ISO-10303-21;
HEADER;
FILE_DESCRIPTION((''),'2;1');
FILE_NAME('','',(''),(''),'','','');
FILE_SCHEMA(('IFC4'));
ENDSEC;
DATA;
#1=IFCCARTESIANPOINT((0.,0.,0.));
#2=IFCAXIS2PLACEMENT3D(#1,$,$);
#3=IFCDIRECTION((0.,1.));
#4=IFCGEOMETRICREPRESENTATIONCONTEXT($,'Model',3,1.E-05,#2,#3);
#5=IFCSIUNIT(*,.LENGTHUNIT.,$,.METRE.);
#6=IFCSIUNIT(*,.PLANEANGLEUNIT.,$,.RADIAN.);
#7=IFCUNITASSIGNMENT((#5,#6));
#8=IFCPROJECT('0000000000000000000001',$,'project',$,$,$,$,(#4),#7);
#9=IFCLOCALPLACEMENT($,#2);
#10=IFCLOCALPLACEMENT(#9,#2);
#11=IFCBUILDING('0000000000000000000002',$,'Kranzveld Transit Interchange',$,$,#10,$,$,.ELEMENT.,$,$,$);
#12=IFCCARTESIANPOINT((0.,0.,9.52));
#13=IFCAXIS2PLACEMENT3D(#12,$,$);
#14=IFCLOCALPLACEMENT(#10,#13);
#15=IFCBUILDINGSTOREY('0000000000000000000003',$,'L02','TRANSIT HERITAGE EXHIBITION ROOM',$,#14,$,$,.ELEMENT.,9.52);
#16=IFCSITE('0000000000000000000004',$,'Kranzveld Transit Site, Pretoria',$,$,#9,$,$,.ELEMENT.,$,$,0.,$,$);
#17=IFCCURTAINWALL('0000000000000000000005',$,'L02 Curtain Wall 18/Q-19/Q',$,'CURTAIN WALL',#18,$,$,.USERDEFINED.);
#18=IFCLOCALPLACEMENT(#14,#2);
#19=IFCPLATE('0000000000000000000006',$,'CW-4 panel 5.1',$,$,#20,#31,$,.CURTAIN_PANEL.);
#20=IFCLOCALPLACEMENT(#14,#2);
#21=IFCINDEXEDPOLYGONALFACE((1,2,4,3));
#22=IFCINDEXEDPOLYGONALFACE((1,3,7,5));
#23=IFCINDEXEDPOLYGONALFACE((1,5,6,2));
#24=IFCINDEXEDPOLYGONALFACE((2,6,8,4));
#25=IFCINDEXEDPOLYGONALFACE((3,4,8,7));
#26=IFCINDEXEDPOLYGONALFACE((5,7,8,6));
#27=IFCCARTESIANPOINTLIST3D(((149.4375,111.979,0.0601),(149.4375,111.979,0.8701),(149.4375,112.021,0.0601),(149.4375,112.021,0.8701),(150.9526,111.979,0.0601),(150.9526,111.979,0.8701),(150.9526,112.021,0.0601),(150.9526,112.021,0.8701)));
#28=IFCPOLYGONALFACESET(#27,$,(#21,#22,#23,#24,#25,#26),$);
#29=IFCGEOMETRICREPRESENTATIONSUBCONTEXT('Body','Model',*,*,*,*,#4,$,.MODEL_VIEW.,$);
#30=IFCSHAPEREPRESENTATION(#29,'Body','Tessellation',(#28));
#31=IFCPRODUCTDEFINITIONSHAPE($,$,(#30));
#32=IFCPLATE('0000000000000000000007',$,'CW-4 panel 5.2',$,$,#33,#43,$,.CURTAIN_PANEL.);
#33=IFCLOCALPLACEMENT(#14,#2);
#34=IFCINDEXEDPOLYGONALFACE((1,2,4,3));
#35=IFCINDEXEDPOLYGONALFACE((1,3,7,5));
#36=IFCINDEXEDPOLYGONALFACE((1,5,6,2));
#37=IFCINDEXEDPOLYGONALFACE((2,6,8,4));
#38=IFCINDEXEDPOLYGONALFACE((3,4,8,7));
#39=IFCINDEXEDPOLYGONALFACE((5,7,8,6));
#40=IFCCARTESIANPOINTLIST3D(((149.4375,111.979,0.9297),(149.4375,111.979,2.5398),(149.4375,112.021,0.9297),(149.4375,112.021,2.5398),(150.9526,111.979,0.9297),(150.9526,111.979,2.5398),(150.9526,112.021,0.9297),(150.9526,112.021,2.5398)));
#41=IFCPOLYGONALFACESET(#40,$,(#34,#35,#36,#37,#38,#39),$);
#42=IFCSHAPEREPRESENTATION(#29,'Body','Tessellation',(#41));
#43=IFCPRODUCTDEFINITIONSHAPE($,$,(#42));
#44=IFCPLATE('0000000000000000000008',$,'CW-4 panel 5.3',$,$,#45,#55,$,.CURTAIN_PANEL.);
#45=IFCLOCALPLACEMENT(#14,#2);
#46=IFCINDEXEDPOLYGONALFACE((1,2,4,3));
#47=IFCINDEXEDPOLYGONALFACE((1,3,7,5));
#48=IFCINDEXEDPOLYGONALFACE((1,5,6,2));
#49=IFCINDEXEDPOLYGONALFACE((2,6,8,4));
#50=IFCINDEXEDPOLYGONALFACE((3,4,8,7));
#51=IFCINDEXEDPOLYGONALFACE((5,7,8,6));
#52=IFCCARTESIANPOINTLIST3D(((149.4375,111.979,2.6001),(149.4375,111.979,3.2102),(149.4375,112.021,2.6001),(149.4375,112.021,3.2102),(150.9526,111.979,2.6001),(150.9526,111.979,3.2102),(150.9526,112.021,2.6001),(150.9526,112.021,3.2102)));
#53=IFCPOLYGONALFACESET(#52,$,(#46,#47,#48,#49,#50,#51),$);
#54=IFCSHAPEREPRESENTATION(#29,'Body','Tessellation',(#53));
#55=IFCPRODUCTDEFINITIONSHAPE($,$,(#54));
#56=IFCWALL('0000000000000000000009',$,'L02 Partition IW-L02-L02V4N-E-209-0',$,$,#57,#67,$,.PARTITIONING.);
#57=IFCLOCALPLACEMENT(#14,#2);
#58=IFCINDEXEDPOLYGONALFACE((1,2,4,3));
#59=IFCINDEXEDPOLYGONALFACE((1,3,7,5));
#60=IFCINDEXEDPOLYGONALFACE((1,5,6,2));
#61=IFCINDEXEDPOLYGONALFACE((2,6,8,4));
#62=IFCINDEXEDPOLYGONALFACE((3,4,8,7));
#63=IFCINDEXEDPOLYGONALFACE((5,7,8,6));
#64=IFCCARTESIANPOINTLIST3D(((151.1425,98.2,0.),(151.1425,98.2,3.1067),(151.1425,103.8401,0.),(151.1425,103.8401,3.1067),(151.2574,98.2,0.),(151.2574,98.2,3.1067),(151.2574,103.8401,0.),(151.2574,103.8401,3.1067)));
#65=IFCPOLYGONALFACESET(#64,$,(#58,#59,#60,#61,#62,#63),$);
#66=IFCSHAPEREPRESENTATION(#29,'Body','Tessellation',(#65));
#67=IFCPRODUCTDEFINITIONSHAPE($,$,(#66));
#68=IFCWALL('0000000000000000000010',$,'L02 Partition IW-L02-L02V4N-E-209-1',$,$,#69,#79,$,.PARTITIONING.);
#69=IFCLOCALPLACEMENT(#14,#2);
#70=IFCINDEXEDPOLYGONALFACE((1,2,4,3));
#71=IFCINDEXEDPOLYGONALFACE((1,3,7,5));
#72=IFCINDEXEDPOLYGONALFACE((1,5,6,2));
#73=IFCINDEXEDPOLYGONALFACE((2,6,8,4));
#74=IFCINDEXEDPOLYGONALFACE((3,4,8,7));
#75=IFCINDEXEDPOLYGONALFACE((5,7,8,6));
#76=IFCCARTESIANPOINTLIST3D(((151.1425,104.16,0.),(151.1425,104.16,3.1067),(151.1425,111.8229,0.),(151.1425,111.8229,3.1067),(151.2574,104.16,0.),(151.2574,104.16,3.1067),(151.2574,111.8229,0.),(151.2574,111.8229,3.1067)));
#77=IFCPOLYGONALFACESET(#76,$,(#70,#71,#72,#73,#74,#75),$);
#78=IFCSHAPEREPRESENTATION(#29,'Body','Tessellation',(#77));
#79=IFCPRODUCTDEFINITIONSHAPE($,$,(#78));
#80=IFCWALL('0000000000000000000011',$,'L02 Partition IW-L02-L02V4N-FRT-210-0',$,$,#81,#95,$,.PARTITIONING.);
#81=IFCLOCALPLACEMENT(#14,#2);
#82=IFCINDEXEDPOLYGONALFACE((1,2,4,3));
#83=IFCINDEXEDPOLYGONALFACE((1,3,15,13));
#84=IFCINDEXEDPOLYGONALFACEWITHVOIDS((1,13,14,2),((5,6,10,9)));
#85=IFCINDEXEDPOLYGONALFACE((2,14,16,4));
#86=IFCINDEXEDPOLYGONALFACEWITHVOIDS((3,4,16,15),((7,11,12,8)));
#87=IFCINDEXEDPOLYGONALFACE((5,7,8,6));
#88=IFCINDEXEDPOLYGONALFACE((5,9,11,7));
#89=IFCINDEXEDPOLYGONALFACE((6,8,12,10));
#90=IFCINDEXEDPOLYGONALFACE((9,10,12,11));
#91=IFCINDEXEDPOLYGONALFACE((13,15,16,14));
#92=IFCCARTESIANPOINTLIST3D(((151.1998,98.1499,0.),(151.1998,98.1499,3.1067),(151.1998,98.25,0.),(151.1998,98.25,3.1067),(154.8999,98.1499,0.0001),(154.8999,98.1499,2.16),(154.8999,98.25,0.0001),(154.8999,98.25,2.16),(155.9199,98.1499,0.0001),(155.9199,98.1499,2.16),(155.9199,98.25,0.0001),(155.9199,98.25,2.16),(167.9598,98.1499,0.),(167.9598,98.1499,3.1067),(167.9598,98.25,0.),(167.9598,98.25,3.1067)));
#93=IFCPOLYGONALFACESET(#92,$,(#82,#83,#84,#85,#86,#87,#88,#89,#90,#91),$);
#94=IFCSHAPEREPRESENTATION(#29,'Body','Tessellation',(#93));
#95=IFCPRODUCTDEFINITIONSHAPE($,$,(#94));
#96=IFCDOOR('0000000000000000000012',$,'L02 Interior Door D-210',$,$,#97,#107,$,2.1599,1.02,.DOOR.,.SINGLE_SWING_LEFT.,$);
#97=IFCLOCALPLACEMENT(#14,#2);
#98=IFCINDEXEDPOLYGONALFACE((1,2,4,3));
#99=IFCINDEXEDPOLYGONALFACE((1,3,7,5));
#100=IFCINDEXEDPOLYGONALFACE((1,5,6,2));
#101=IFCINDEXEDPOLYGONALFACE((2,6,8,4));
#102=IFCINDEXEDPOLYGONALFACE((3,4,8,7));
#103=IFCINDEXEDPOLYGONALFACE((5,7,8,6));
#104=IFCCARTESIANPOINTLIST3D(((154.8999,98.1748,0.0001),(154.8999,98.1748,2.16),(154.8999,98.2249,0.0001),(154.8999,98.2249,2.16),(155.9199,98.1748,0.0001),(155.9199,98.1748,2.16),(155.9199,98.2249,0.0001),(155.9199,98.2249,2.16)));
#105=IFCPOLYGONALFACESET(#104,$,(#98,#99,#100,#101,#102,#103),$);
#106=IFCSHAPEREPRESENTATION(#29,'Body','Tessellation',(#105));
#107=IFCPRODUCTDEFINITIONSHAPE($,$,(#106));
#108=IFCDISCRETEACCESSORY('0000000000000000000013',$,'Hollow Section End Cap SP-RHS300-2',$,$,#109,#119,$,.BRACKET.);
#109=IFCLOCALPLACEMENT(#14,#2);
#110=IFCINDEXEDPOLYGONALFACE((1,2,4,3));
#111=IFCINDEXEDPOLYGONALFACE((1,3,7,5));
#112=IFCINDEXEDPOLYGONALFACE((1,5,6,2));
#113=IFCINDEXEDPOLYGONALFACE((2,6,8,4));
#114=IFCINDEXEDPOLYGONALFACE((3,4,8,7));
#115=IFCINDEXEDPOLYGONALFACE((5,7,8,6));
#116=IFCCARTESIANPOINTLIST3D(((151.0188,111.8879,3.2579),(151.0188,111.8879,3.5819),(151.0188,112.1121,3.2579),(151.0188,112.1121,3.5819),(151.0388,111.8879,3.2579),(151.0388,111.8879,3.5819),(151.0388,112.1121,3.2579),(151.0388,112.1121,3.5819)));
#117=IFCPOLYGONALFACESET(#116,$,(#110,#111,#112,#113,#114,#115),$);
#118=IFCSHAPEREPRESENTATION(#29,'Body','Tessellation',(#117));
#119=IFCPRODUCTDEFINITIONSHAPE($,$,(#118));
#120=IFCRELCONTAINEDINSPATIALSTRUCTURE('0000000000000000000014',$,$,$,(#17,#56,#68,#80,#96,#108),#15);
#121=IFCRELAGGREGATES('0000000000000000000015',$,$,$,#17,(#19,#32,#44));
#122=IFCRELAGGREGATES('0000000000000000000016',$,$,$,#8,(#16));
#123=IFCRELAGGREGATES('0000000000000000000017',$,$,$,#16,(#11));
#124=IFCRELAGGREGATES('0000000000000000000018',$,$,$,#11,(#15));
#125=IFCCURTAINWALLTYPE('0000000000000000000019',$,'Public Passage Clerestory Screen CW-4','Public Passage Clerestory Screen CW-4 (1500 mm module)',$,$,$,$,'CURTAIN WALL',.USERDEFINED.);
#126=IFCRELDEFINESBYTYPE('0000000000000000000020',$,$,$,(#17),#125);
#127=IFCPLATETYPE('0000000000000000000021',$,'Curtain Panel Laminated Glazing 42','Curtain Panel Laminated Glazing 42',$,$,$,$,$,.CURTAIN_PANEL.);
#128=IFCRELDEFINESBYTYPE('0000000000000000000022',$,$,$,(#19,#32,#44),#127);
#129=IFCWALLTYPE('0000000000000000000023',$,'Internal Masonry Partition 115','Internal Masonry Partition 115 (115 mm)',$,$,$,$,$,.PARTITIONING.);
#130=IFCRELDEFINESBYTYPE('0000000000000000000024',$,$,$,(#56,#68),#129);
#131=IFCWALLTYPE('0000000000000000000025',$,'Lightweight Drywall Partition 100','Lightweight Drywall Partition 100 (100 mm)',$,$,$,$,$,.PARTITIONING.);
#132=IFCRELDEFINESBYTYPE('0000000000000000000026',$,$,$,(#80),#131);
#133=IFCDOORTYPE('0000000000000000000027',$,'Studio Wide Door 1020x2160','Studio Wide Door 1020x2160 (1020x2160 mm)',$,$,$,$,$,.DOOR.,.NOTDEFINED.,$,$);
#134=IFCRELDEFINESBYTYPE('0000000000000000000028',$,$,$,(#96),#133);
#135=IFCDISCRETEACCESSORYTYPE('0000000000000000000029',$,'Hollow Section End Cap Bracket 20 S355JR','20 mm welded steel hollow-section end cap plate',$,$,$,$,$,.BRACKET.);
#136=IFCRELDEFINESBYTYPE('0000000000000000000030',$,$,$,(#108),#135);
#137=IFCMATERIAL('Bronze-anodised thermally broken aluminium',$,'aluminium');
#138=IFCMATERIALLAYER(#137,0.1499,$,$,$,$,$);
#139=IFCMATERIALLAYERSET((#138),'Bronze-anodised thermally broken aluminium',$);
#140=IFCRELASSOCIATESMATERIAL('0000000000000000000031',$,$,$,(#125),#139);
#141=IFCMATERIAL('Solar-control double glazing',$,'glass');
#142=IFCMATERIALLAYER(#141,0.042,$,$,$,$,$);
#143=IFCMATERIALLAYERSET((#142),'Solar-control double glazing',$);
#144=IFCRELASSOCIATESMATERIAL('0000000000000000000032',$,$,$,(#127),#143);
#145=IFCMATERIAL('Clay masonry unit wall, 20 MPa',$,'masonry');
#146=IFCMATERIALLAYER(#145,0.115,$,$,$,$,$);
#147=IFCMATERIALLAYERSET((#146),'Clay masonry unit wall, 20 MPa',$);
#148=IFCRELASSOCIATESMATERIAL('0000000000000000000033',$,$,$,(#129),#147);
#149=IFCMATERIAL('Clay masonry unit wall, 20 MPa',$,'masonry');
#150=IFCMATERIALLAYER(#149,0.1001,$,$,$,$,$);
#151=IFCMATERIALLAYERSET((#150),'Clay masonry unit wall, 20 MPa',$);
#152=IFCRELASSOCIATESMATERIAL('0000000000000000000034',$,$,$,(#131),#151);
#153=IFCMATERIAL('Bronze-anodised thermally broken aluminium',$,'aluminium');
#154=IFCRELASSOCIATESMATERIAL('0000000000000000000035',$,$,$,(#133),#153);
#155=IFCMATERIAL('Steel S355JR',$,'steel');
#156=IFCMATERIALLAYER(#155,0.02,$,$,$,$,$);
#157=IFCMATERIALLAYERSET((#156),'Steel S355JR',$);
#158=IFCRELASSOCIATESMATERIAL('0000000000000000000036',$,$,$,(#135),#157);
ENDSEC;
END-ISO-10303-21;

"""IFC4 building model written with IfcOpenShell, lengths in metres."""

from ifc_helpers import new_model, si_unit, direction, frame, frame_2d, origin, origin_2d, place, context, subcontext, project, spatial, rectangle, extrude, material, layer, layer_set, type_object, element, fill, aggregate, save


model = new_model("IFC4")

# Units and contexts
model_context = context("Model", 3, precision=1e-05, world=origin(), true_north=direction((0.0, 1.0)))
body_context = subcontext(model_context, "Body", "Model", "MODEL_VIEW")
ifc_project = project(units=[si_unit("LENGTHUNIT", "METRE"), si_unit("PLANEANGLEUNIT", "RADIAN")], contexts=[model_context])

# Site, building, storey
site_placement = place(None, origin())
site = spatial("IfcSite", under=ifc_project, at=site_placement, Name="Kranzveld Transit Site, Pretoria", CompositionType="ELEMENT", RefElevation=0.0)
building_placement = place(site_placement, origin())
building = spatial("IfcBuilding", under=site, at=building_placement, Name="Kranzveld Transit Interchange", CompositionType="ELEMENT")
storey_placement = place(building_placement, frame((0.0, 0.0, 9.52)))
storey = spatial("IfcBuildingStorey", under=building, at=storey_placement, Name="L02", Description="TRANSIT HERITAGE EXHIBITION ROOM", CompositionType="ELEMENT", Elevation=9.52)

# Curtain wall
ifc_material_1 = material(Name="Bronze-anodised thermally broken aluminium", Category="aluminium")
ifc_layer_1 = layer(ifc_material_1, 0.1499)
ifc_layer_set_1 = layer_set([ifc_layer_1], Name="Bronze-anodised thermally broken aluminium")
curtain_wall_type = type_object("IfcCurtainWallType", Name="Public Passage Clerestory Screen CW-4", Description="Public Passage Clerestory Screen CW-4 (1500 mm module)", ElementType="CURTAIN WALL", PredefinedType="USERDEFINED", material=ifc_layer_set_1)
curtain_wall_placement = place(storey_placement, origin())
curtain_wall = element("IfcCurtainWall", 1, at=curtain_wall_placement, inside=storey, type_object=curtain_wall_type, Name="L02 Curtain Wall 18/Q-19/Q", ObjectType="CURTAIN WALL", PredefinedType="USERDEFINED")

# Plates
ifc_material_2 = material(Name="Solar-control double glazing", Category="glass")
ifc_layer_2 = layer(ifc_material_2, 0.042)
ifc_layer_set_2 = layer_set([ifc_layer_2], Name="Solar-control double glazing")
plate_type = type_object("IfcPlateType", Name="Curtain Panel Laminated Glazing 42", Description="Curtain Panel Laminated Glazing 42", PredefinedType="CURTAIN_PANEL", material=ifc_layer_set_2)
plate_1_placement = place(storey_placement, frame((150.1951, 112.0, 0.0601), z_axis=(0.0, 0.0, 1.0), x_axis=(1.0, 0.0, 0.0)))
plate_1 = element("IfcPlate", 2, at=plate_1_placement, type_object=plate_type, Name="CW-4 panel 5.1", PredefinedType="CURTAIN_PANEL", context=body_context, shape_type="SweptSolid", body=[
    extrude(rectangle(XDim=1.5151, YDim=0.042, at=origin_2d()), origin(), (0.0, 0.0, 1.0), 0.8101),
])
plate_2_placement = place(storey_placement, frame((150.1951, 112.0, 0.9297), z_axis=(0.0, 0.0, 1.0), x_axis=(1.0, 0.0, 0.0)))
plate_2 = element("IfcPlate", 3, at=plate_2_placement, type_object=plate_type, Name="CW-4 panel 5.2", PredefinedType="CURTAIN_PANEL", context=body_context, shape_type="SweptSolid", body=[
    extrude(rectangle(XDim=1.5151, YDim=0.042, at=origin_2d()), origin(), (0.0, 0.0, 1.0), 1.6101),
])
plate_3_placement = place(storey_placement, frame((150.1951, 112.0, 2.6001), z_axis=(0.0, 0.0, 1.0), x_axis=(1.0, 0.0, 0.0)))
plate_3 = element("IfcPlate", 4, at=plate_3_placement, type_object=plate_type, Name="CW-4 panel 5.3", PredefinedType="CURTAIN_PANEL", context=body_context, shape_type="SweptSolid", body=[
    extrude(rectangle(XDim=1.5151, YDim=0.042, at=origin_2d()), origin(), (0.0, 0.0, 1.0), 0.6101),
])
aggregate(curtain_wall, [plate_1, plate_2, plate_3])

# Walls
ifc_material_3 = material(Name="Clay masonry unit wall, 20 MPa", Category="masonry")
ifc_layer_3 = layer(ifc_material_3, 0.115)
ifc_layer_set_3 = layer_set([ifc_layer_3], Name="Clay masonry unit wall, 20 MPa")
wall_type_1 = type_object("IfcWallType", Name="Internal Masonry Partition 115", Description="Internal Masonry Partition 115 (115 mm)", PredefinedType="PARTITIONING", material=ifc_layer_set_3)
wall_1_placement = place(storey_placement, frame((151.2, 98.2, 0.0), z_axis=(0.0, 0.0, 1.0), x_axis=(0.0, 1.0, 0.0)))
element("IfcWall", 5, at=wall_1_placement, inside=storey, type_object=wall_type_1, Name="L02 Partition IW-L02-L02V4N-E-209-0", PredefinedType="PARTITIONING", context=body_context, shape_type="SweptSolid", body=[
    extrude(rectangle(XDim=5.6401, YDim=0.115, at=frame_2d((2.8201, 0.0))), origin(), (0.0, 0.0, 1.0), 3.1067),
])
wall_2_placement = place(storey_placement, frame((151.2, 104.1599, 0.0), z_axis=(0.0, 0.0, 1.0), x_axis=(0.0, 1.0, 0.0)))
element("IfcWall", 6, at=wall_2_placement, inside=storey, type_object=wall_type_1, Name="L02 Partition IW-L02-L02V4N-E-209-1", PredefinedType="PARTITIONING", context=body_context, shape_type="SweptSolid", body=[
    extrude(rectangle(XDim=7.6628, YDim=0.115, at=frame_2d((3.8315, 0.0))), origin(), (0.0, 0.0, 1.0), 3.1067),
])

# Wall, opening, door
ifc_material_4 = material(Name="Clay masonry unit wall, 20 MPa", Category="masonry")
ifc_layer_4 = layer(ifc_material_4, 0.1001)
ifc_layer_set_4 = layer_set([ifc_layer_4], Name="Clay masonry unit wall, 20 MPa")
wall_type_2 = type_object("IfcWallType", Name="Lightweight Drywall Partition 100", Description="Lightweight Drywall Partition 100 (100 mm)", PredefinedType="PARTITIONING", material=ifc_layer_set_4)
wall_3_placement = place(storey_placement, frame((151.2, 98.2, 0.0), z_axis=(0.0, 0.0, 1.0), x_axis=(1.0, 0.0, 0.0)))
wall_3 = element("IfcWall", 7, at=wall_3_placement, inside=storey, type_object=wall_type_2, Name="L02 Partition IW-L02-L02V4N-FRT-210-0", PredefinedType="PARTITIONING", context=body_context, shape_type="SweptSolid", body=[
    extrude(rectangle(XDim=16.76, YDim=0.1001, at=frame_2d((8.3799, 0.0))), origin(), (0.0, 0.0, 1.0), 3.1067),
])
opening_placement = place(wall_3_placement, frame((3.7, 0.0, 0.0), z_axis=(0.0, 0.0, 1.0), x_axis=(1.0, 0.0, 0.0)))
opening = element("IfcOpeningElement", 8, at=opening_placement, cuts=wall_3, PredefinedType="OPENING", context=body_context, shape_type="SweptSolid", body=[
    extrude(rectangle(XDim=1.02, YDim=2.1599, at=frame_2d((0.51, 1.0801))), frame((0.0, 0.0601, 0.0), z_axis=(0.0, -1.0, 0.0), x_axis=(1.0, 0.0, 0.0)), (0.0, 0.0, 1.0), 0.1201),
])
ifc_material_5 = material(Name="Bronze-anodised thermally broken aluminium", Category="aluminium")
door_type = type_object("IfcDoorType", Name="Studio Wide Door 1020x2160", Description="Studio Wide Door 1020x2160 (1020x2160 mm)", OperationType="NOTDEFINED", PredefinedType="DOOR", material=ifc_material_5)
door_placement = place(opening_placement, origin())
door = element("IfcDoor", 9, at=door_placement, inside=storey, type_object=door_type, Name="L02 Interior Door D-210", OperationType="SINGLE_SWING_LEFT", OverallHeight=2.1599, OverallWidth=1.02, PredefinedType="DOOR", context=body_context, shape_type="SweptSolid", body=[
    extrude(rectangle(XDim=1.02, YDim=2.1599, at=frame_2d((0.51, 1.0801))), frame((0.0, 0.0249, 0.0), z_axis=(0.0, -1.0, 0.0), x_axis=(1.0, 0.0, 0.0)), (0.0, 0.0, 1.0), 0.05),
])
fill(opening, door)

# Discrete accessory
ifc_material_6 = material(Name="Steel S355JR", Category="steel")
ifc_layer_5 = layer(ifc_material_6, 0.02)
ifc_layer_set_5 = layer_set([ifc_layer_5], Name="Steel S355JR")
discrete_accessory_type = type_object("IfcDiscreteAccessoryType", Name="Hollow Section End Cap Bracket 20 S355JR", Description="20 mm welded steel hollow-section end cap plate", PredefinedType="BRACKET", material=ifc_layer_set_5)
discrete_accessory_placement = place(storey_placement, frame((151.0188, 112.0, 3.4199), z_axis=(1.0, 0.0, 0.0), x_axis=(0.0, 1.0, 0.0)))
element("IfcDiscreteAccessory", 10, at=discrete_accessory_placement, inside=storey, type_object=discrete_accessory_type, Name="Hollow Section End Cap SP-RHS300-2", PredefinedType="BRACKET", context=body_context, shape_type="SweptSolid", body=[
    extrude(rectangle(XDim=0.2241, YDim=0.324, at=origin_2d()), origin(), (0.0, 0.0, 1.0), 0.02),
])

save(model, "model.ifc")
